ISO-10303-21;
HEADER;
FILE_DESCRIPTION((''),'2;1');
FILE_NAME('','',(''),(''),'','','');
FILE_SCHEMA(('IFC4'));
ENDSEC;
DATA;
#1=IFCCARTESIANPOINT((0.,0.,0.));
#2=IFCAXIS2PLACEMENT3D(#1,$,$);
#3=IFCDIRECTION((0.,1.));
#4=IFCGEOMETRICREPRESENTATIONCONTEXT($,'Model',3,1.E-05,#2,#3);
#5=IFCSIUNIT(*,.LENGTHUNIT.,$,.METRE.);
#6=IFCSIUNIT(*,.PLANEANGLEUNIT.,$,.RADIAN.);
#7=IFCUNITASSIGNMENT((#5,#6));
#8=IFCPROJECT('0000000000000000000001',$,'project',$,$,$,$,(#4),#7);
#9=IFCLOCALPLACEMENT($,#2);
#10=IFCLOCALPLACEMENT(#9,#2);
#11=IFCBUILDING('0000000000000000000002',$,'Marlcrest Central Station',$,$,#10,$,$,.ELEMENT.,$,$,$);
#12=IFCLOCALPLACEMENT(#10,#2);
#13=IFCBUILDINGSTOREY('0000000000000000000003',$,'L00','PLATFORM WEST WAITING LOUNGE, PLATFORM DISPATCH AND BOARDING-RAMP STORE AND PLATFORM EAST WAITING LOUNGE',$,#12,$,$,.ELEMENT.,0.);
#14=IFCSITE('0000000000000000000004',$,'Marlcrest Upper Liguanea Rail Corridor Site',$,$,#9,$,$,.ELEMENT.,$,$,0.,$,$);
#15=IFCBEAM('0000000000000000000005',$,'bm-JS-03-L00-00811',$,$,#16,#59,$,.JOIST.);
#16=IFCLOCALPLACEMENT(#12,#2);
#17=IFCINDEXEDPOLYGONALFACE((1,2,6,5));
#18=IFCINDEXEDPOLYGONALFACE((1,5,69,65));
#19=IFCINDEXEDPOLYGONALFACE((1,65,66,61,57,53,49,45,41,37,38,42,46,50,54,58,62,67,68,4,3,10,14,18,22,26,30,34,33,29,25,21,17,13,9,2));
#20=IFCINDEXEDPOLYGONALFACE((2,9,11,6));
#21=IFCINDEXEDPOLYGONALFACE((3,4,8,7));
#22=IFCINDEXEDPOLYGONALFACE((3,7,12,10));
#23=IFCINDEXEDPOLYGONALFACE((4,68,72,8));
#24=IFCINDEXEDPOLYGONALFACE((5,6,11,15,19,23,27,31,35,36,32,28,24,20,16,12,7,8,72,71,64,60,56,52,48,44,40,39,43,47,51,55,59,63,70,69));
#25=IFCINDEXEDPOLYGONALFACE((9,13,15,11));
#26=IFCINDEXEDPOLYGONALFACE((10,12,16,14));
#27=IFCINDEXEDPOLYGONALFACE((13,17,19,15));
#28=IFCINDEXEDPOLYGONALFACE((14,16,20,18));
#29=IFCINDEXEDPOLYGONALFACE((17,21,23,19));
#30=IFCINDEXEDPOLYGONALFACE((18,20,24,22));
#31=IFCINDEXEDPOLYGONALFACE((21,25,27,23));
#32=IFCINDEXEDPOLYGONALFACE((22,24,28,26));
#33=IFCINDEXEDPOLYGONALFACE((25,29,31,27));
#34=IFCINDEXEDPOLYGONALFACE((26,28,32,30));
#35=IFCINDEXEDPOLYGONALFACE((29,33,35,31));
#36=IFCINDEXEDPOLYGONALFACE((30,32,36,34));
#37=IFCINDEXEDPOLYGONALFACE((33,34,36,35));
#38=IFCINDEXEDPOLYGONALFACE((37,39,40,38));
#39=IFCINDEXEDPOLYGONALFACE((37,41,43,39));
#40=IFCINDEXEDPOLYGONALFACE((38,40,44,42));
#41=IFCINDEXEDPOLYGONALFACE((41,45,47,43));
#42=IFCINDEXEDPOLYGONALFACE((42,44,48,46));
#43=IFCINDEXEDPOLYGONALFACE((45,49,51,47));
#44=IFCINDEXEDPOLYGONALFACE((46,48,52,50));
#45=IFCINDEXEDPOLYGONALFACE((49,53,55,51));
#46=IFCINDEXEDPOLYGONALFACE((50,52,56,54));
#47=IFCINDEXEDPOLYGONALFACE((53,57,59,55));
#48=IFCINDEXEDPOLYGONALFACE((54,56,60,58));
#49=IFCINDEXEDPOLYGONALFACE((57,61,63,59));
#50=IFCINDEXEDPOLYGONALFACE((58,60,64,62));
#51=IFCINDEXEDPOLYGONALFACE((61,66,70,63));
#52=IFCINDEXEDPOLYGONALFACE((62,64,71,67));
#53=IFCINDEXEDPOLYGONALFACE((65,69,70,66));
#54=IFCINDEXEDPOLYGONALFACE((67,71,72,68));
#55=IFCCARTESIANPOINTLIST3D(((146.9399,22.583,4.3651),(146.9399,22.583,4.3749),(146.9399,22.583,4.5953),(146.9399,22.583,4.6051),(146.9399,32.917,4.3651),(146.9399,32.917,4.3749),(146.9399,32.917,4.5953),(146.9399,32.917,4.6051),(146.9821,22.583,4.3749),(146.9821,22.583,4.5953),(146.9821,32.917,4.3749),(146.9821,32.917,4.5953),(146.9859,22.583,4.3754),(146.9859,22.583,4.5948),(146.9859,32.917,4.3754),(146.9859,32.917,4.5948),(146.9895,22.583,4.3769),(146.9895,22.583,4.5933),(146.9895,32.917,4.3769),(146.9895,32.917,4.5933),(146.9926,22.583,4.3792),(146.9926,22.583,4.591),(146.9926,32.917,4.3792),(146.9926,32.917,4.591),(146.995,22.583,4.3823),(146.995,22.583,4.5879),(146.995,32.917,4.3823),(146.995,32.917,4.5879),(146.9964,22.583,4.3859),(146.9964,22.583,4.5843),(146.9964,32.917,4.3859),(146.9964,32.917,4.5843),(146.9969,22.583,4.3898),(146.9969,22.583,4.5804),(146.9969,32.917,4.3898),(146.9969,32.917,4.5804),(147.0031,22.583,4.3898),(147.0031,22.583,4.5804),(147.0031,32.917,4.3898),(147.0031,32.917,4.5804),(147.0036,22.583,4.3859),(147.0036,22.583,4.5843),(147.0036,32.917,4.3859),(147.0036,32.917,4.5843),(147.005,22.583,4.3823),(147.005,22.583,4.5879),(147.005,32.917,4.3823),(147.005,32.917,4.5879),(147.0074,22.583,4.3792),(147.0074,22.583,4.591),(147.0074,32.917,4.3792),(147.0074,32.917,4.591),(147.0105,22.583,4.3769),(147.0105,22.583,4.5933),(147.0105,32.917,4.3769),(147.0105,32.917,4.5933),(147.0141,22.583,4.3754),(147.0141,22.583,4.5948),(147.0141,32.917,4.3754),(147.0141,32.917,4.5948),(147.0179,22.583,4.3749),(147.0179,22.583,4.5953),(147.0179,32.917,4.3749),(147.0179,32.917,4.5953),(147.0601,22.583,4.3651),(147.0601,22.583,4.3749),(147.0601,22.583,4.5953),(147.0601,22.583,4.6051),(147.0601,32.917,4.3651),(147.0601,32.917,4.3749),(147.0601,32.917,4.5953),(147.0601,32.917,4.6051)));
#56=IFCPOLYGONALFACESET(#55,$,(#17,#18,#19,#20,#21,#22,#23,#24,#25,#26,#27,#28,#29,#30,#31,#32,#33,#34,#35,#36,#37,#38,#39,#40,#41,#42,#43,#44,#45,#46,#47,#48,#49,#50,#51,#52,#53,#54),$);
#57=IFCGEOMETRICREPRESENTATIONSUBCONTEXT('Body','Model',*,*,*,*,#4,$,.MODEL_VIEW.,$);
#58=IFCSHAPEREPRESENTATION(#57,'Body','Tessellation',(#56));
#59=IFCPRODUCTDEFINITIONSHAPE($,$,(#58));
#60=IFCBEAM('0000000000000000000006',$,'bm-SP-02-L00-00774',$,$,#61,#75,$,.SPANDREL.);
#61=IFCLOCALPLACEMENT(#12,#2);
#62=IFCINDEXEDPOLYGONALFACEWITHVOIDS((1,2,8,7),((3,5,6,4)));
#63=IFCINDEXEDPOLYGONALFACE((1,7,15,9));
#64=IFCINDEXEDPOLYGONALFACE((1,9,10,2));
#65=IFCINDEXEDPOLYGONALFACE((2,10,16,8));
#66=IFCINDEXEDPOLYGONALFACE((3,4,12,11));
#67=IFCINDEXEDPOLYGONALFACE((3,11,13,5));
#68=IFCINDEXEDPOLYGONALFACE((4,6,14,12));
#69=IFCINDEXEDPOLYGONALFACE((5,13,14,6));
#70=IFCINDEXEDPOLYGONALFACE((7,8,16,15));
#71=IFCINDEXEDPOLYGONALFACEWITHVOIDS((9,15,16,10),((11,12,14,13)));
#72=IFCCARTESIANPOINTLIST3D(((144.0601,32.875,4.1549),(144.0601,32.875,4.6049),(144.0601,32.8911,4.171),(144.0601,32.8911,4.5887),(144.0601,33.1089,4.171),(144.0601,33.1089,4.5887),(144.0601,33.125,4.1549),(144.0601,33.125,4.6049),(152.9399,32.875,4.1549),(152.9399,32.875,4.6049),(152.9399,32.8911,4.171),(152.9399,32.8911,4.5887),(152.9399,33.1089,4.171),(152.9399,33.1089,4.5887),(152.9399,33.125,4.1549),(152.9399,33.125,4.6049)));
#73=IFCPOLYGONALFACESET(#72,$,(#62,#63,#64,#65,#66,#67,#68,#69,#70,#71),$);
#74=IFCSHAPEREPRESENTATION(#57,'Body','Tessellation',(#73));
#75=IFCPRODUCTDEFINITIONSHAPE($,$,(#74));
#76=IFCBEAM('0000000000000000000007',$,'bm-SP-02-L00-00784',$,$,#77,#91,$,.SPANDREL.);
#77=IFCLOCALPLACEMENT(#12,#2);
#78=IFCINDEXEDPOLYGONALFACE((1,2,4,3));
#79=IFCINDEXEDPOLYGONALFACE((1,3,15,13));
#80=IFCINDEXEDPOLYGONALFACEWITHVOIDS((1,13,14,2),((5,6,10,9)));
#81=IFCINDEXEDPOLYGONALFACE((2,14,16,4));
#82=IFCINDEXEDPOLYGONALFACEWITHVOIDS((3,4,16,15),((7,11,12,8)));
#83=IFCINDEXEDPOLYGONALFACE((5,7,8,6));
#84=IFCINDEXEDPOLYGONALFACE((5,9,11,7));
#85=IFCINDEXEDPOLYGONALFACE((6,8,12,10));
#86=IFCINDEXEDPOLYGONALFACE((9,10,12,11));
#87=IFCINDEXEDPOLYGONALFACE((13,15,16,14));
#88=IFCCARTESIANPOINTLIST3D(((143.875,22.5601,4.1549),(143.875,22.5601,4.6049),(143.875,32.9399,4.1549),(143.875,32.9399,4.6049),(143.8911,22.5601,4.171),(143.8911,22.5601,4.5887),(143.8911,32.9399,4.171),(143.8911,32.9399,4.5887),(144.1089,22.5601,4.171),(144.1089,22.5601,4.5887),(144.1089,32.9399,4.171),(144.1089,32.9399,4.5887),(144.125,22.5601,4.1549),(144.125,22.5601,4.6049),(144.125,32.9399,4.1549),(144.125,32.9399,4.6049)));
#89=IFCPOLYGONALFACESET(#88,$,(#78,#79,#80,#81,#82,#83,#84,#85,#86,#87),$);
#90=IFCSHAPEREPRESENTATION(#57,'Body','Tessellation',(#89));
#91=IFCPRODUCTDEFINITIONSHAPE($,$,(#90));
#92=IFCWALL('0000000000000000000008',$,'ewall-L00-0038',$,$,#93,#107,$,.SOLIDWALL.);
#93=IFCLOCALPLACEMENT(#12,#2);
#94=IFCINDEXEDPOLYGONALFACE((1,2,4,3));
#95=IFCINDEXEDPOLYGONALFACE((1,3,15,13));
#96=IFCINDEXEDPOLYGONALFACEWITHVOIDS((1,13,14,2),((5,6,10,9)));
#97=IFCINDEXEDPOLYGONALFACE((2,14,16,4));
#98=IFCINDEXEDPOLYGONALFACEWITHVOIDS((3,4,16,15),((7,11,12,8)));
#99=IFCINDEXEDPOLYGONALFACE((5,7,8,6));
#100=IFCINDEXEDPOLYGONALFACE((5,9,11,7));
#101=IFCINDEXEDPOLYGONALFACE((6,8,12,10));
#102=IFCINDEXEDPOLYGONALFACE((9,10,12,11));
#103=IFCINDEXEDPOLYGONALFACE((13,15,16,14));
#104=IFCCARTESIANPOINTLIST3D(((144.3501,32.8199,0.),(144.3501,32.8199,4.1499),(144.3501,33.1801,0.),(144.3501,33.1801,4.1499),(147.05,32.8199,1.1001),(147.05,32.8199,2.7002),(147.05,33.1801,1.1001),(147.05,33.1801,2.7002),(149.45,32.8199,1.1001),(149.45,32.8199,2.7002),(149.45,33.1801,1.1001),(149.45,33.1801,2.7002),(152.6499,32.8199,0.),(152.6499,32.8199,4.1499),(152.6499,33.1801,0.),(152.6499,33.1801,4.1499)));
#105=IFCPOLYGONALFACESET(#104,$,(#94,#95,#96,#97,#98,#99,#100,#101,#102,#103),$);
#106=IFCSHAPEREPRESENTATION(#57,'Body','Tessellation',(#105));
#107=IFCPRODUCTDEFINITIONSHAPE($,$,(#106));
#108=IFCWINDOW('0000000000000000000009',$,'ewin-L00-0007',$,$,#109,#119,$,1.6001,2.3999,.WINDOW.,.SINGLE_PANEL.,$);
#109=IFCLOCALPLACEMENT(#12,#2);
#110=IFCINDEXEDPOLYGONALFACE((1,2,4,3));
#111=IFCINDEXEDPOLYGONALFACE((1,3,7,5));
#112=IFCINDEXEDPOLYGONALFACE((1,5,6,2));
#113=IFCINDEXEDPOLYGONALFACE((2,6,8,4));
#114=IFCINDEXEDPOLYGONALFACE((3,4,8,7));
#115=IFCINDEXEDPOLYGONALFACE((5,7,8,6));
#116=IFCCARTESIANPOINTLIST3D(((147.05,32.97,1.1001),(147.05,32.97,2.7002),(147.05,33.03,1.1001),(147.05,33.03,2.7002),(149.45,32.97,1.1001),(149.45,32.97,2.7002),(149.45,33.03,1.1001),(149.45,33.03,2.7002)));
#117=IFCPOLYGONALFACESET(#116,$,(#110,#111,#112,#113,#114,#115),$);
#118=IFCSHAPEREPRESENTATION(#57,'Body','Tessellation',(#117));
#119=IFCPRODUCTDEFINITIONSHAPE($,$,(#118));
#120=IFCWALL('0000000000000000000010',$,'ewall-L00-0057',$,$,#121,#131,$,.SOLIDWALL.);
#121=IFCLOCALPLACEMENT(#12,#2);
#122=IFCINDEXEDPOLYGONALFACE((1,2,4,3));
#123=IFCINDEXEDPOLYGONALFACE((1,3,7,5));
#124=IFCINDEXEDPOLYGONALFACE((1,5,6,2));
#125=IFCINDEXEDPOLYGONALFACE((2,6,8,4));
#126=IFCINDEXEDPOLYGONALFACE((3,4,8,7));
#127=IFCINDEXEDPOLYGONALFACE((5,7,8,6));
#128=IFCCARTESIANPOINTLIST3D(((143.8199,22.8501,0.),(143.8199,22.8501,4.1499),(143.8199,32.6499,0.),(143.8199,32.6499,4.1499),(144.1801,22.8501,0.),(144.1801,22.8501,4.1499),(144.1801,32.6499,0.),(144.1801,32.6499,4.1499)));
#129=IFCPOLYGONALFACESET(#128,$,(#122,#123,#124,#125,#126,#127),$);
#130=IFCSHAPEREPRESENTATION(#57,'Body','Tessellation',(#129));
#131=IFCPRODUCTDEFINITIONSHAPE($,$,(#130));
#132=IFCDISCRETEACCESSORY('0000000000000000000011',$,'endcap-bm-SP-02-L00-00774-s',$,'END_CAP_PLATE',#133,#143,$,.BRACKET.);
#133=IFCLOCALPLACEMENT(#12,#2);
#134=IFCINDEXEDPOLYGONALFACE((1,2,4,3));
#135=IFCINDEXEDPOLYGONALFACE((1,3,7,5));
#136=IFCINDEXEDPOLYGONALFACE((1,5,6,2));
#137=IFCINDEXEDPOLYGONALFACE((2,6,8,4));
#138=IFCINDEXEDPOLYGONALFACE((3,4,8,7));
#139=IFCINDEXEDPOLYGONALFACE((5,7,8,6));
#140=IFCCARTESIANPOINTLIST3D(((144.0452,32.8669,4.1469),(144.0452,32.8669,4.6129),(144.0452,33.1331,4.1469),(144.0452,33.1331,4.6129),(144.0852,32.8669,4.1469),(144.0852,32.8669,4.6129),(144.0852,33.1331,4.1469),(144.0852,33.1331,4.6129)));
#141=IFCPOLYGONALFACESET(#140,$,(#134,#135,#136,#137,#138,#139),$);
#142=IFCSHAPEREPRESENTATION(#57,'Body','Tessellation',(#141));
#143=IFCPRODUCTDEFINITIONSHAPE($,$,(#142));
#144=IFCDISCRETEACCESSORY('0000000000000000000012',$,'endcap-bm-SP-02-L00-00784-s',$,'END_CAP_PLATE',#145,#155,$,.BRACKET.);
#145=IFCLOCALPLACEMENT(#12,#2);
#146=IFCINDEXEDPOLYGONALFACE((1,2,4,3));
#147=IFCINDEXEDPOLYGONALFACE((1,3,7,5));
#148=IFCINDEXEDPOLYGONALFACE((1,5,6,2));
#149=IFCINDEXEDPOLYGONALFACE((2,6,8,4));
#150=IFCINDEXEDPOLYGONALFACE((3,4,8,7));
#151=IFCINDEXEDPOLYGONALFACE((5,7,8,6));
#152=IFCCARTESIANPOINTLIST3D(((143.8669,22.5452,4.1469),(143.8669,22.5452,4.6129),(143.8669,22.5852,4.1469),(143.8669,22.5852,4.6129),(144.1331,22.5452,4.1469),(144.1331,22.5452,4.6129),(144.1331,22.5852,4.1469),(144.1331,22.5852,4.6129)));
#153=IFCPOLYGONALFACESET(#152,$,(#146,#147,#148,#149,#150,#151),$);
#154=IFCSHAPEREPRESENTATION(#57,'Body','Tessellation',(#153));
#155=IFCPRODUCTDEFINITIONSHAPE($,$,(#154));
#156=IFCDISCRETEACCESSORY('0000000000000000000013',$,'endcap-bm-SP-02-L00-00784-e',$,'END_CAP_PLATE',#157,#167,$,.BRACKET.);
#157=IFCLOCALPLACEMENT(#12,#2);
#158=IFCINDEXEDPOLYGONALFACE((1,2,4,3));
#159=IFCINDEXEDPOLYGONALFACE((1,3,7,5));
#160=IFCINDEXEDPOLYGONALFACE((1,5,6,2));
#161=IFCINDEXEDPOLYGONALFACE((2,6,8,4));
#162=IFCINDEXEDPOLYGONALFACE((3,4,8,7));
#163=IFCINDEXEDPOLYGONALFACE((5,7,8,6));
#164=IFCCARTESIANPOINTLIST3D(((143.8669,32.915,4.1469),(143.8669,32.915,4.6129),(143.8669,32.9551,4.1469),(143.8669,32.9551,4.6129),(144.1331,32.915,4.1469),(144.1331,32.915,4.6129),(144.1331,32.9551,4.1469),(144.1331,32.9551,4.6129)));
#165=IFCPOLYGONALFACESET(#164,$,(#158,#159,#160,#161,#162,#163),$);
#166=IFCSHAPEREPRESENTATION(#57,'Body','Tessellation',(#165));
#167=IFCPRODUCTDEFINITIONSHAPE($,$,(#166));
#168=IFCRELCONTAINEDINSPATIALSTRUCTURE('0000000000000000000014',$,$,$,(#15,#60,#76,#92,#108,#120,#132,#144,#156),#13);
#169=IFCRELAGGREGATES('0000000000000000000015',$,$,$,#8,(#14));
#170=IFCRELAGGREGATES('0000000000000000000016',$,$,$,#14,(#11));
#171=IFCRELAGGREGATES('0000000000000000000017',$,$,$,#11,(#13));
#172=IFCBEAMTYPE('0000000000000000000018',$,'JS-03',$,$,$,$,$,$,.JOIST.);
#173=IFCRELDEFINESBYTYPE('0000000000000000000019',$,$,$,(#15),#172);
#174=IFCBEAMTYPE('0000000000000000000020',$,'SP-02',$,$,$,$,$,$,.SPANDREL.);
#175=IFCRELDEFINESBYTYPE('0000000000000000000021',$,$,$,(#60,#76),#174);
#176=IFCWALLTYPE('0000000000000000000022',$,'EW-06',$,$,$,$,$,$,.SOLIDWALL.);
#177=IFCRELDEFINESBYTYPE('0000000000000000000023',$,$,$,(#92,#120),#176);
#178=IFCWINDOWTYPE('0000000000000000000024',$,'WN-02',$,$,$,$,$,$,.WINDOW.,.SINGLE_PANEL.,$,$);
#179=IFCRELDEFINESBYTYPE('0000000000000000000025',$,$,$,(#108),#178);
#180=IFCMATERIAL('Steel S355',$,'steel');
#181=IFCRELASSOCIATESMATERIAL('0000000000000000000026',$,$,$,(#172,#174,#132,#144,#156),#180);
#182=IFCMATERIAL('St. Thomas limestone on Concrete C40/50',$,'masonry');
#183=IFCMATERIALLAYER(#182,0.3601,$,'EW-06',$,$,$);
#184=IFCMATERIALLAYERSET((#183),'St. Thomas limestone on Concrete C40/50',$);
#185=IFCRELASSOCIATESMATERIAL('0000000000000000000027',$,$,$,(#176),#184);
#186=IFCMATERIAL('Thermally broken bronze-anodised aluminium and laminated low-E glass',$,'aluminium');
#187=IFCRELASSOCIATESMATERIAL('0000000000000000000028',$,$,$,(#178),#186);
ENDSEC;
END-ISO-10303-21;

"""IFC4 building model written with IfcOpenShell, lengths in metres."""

from ifc_helpers import new_model, si_unit, direction, frame, frame_2d, origin, origin_2d, place, context, subcontext, project, spatial, rectangle, hollow_rectangle, i_section, extrude, material, layer, layer_set, material_profile, profile_set, type_object, element, fill, save


model = new_model("IFC4")

# Units and contexts
model_context = context("Model", 3, precision=1e-05, world=origin(), true_north=direction((0.0, 1.0)))
body_context = subcontext(model_context, "Body", "Model", "MODEL_VIEW")
ifc_project = project(units=[si_unit("LENGTHUNIT", "METRE"), si_unit("PLANEANGLEUNIT", "RADIAN")], contexts=[model_context])

# Site, building, storey
site_placement = place(None, origin())
site = spatial("IfcSite", under=ifc_project, at=site_placement, Name="Marlcrest Upper Liguanea Rail Corridor Site", CompositionType="ELEMENT", RefElevation=0.0)
building_placement = place(site_placement, origin())
building = spatial("IfcBuilding", under=site, at=building_placement, Name="Marlcrest Central Station", CompositionType="ELEMENT")
storey_placement = place(building_placement, origin())
storey = spatial("IfcBuildingStorey", under=building, at=storey_placement, Name="L00", Description="PLATFORM WEST WAITING LOUNGE, PLATFORM DISPATCH AND BOARDING-RAMP STORE AND PLATFORM EAST WAITING LOUNGE", CompositionType="ELEMENT", Elevation=0.0)

# Shared definitions
ifc_material_1 = material(Name="Steel S355", Category="steel")

# Beams
ifc_material_profile_1 = material_profile(ifc_material_1, i_section(OverallWidth=0.1201, OverallDepth=0.24, WebThickness=0.0061, FlangeThickness=0.0098, FilletRadius=0.0149, at=origin_2d()), Name="IPE 240")
ifc_profile_set_1 = profile_set([ifc_material_profile_1], Name="Steel S355")
beam_type_1 = type_object("IfcBeamType", Name="JS-03", PredefinedType="JOIST", material=ifc_profile_set_1)
beam_1_placement = place(storey_placement, frame((147.0, 22.583, 4.4851), z_axis=(0.0, 1.0, 0.0), x_axis=(-1.0, 0.0, 0.0)))
element("IfcBeam", 1, at=beam_1_placement, inside=storey, type_object=beam_type_1, Name="bm-JS-03-L00-00811", PredefinedType="JOIST", context=body_context, shape_type="SweptSolid", body=[
    extrude(i_section(OverallWidth=0.1201, OverallDepth=0.24, WebThickness=0.0061, FlangeThickness=0.0098, FilletRadius=0.0149, at=origin_2d()), origin(), (0.0, 0.0, 1.0), 10.334),
])
ifc_material_profile_2 = material_profile(ifc_material_1, hollow_rectangle(XDim=0.25, YDim=0.45, WallThickness=0.0161, at=origin_2d()), Name="RHS 450x250x16")
ifc_profile_set_2 = profile_set([ifc_material_profile_2], Name="Steel S355")
beam_type_2 = type_object("IfcBeamType", Name="SP-02", PredefinedType="SPANDREL", material=ifc_profile_set_2)
beam_2_placement = place(storey_placement, frame((144.0601, 33.0, 4.3799), z_axis=(1.0, 0.0, 0.0), x_axis=(0.0, 1.0, 0.0)))
element("IfcBeam", 2, at=beam_2_placement, inside=storey, type_object=beam_type_2, Name="bm-SP-02-L00-00774", PredefinedType="SPANDREL", context=body_context, shape_type="SweptSolid", body=[
    extrude(hollow_rectangle(XDim=0.25, YDim=0.45, WallThickness=0.0161, at=origin_2d()), origin(), (0.0, 0.0, 1.0), 8.8799),
])
beam_3_placement = place(storey_placement, frame((144.0, 22.5601, 4.3799), z_axis=(0.0, 1.0, 0.0), x_axis=(-1.0, 0.0, 0.0)))
element("IfcBeam", 3, at=beam_3_placement, inside=storey, type_object=beam_type_2, Name="bm-SP-02-L00-00784", PredefinedType="SPANDREL", context=body_context, shape_type="SweptSolid", body=[
    extrude(hollow_rectangle(XDim=0.25, YDim=0.45, WallThickness=0.0161, at=origin_2d()), origin(), (0.0, 0.0, 1.0), 10.3799),
])

# Wall, opening, window
ifc_material_2 = material(Name="St. Thomas limestone on Concrete C40/50", Category="masonry")
ifc_layer = layer(ifc_material_2, 0.3601, Name="EW-06")
ifc_layer_set = layer_set([ifc_layer], Name="St. Thomas limestone on Concrete C40/50")
wall_type = type_object("IfcWallType", Name="EW-06", PredefinedType="SOLIDWALL", material=ifc_layer_set)
wall_1_placement = place(storey_placement, frame((144.3501, 33.0, 0.0), z_axis=(0.0, 0.0, 1.0), x_axis=(1.0, 0.0, 0.0)))
wall_1 = element("IfcWall", 4, at=wall_1_placement, inside=storey, type_object=wall_type, Name="ewall-L00-0038", PredefinedType="SOLIDWALL", context=body_context, shape_type="SweptSolid", body=[
    extrude(rectangle(XDim=8.2998, YDim=0.3601, at=frame_2d((4.1499, 0.0))), origin(), (0.0, 0.0, 1.0), 4.1499),
])
opening_placement = place(wall_1_placement, frame((2.7, 0.0, 1.1001)))
opening = element("IfcOpeningElement", 5, at=opening_placement, cuts=wall_1, PredefinedType="OPENING", context=body_context, shape_type="SweptSolid", body=[
    extrude(rectangle(XDim=2.3999, YDim=1.6001, at=frame_2d((1.2, 0.8))), frame((0.0, 0.1899, 0.0), z_axis=(0.0, -1.0, 0.0), x_axis=(1.0, 0.0, 0.0)), (0.0, 0.0, 1.0), 0.3801),
])
ifc_material_3 = material(Name="Thermally broken bronze-anodised aluminium and laminated low-E glass", Category="aluminium")
window_type = type_object("IfcWindowType", Name="WN-02", PartitioningType="SINGLE_PANEL", PredefinedType="WINDOW", material=ifc_material_3)
window_placement = place(opening_placement, origin())
window = element("IfcWindow", 6, at=window_placement, inside=storey, type_object=window_type, Name="ewin-L00-0007", OverallHeight=1.6001, OverallWidth=2.3999, PartitioningType="SINGLE_PANEL", PredefinedType="WINDOW", context=body_context, shape_type="SweptSolid", body=[
    extrude(rectangle(XDim=2.3999, YDim=1.6001, at=frame_2d((1.2, 0.8))), frame((0.0, 0.03, 0.0), z_axis=(0.0, -1.0, 0.0), x_axis=(1.0, 0.0, 0.0)), (0.0, 0.0, 1.0), 0.0601),
])
fill(opening, window)

# Wall
wall_2_placement = place(storey_placement, frame((144.0, 22.8501, 0.0), z_axis=(0.0, 0.0, 1.0), x_axis=(0.0, 1.0, 0.0)))
element("IfcWall", 7, at=wall_2_placement, inside=storey, type_object=wall_type, Name="ewall-L00-0057", PredefinedType="SOLIDWALL", context=body_context, shape_type="SweptSolid", body=[
    extrude(rectangle(XDim=9.7998, YDim=0.3601, at=frame_2d((4.8999, 0.0))), origin(), (0.0, 0.0, 1.0), 4.1499),
])

# Discrete accessories
for number, where, z_axis, x_axis, name in (
    (8, (144.0452, 33.0, 4.3799), (1.0, 0.0, 0.0), (0.0, 1.0, 0.0), "endcap-bm-SP-02-L00-00774-s"),
    (9, (144.0, 22.5452, 4.3799), (0.0, 1.0, 0.0), (-1.0, 0.0, 0.0), "endcap-bm-SP-02-L00-00784-s"),
    (10, (144.0, 32.915, 4.3799), (0.0, 1.0, 0.0), (-1.0, 0.0, 0.0), "endcap-bm-SP-02-L00-00784-e"),
):
    element("IfcDiscreteAccessory", number, at=place(storey_placement, frame(where, z_axis=z_axis, x_axis=x_axis)), inside=storey, material=ifc_material_1, Name=name, ObjectType="END_CAP_PLATE", PredefinedType="BRACKET", context=body_context, shape_type="SweptSolid", body=[
        extrude(rectangle(XDim=0.2661, YDim=0.4661, at=origin_2d()), origin(), (0.0, 0.0, 1.0), 0.04),
    ])

save(model, "model.ifc")
